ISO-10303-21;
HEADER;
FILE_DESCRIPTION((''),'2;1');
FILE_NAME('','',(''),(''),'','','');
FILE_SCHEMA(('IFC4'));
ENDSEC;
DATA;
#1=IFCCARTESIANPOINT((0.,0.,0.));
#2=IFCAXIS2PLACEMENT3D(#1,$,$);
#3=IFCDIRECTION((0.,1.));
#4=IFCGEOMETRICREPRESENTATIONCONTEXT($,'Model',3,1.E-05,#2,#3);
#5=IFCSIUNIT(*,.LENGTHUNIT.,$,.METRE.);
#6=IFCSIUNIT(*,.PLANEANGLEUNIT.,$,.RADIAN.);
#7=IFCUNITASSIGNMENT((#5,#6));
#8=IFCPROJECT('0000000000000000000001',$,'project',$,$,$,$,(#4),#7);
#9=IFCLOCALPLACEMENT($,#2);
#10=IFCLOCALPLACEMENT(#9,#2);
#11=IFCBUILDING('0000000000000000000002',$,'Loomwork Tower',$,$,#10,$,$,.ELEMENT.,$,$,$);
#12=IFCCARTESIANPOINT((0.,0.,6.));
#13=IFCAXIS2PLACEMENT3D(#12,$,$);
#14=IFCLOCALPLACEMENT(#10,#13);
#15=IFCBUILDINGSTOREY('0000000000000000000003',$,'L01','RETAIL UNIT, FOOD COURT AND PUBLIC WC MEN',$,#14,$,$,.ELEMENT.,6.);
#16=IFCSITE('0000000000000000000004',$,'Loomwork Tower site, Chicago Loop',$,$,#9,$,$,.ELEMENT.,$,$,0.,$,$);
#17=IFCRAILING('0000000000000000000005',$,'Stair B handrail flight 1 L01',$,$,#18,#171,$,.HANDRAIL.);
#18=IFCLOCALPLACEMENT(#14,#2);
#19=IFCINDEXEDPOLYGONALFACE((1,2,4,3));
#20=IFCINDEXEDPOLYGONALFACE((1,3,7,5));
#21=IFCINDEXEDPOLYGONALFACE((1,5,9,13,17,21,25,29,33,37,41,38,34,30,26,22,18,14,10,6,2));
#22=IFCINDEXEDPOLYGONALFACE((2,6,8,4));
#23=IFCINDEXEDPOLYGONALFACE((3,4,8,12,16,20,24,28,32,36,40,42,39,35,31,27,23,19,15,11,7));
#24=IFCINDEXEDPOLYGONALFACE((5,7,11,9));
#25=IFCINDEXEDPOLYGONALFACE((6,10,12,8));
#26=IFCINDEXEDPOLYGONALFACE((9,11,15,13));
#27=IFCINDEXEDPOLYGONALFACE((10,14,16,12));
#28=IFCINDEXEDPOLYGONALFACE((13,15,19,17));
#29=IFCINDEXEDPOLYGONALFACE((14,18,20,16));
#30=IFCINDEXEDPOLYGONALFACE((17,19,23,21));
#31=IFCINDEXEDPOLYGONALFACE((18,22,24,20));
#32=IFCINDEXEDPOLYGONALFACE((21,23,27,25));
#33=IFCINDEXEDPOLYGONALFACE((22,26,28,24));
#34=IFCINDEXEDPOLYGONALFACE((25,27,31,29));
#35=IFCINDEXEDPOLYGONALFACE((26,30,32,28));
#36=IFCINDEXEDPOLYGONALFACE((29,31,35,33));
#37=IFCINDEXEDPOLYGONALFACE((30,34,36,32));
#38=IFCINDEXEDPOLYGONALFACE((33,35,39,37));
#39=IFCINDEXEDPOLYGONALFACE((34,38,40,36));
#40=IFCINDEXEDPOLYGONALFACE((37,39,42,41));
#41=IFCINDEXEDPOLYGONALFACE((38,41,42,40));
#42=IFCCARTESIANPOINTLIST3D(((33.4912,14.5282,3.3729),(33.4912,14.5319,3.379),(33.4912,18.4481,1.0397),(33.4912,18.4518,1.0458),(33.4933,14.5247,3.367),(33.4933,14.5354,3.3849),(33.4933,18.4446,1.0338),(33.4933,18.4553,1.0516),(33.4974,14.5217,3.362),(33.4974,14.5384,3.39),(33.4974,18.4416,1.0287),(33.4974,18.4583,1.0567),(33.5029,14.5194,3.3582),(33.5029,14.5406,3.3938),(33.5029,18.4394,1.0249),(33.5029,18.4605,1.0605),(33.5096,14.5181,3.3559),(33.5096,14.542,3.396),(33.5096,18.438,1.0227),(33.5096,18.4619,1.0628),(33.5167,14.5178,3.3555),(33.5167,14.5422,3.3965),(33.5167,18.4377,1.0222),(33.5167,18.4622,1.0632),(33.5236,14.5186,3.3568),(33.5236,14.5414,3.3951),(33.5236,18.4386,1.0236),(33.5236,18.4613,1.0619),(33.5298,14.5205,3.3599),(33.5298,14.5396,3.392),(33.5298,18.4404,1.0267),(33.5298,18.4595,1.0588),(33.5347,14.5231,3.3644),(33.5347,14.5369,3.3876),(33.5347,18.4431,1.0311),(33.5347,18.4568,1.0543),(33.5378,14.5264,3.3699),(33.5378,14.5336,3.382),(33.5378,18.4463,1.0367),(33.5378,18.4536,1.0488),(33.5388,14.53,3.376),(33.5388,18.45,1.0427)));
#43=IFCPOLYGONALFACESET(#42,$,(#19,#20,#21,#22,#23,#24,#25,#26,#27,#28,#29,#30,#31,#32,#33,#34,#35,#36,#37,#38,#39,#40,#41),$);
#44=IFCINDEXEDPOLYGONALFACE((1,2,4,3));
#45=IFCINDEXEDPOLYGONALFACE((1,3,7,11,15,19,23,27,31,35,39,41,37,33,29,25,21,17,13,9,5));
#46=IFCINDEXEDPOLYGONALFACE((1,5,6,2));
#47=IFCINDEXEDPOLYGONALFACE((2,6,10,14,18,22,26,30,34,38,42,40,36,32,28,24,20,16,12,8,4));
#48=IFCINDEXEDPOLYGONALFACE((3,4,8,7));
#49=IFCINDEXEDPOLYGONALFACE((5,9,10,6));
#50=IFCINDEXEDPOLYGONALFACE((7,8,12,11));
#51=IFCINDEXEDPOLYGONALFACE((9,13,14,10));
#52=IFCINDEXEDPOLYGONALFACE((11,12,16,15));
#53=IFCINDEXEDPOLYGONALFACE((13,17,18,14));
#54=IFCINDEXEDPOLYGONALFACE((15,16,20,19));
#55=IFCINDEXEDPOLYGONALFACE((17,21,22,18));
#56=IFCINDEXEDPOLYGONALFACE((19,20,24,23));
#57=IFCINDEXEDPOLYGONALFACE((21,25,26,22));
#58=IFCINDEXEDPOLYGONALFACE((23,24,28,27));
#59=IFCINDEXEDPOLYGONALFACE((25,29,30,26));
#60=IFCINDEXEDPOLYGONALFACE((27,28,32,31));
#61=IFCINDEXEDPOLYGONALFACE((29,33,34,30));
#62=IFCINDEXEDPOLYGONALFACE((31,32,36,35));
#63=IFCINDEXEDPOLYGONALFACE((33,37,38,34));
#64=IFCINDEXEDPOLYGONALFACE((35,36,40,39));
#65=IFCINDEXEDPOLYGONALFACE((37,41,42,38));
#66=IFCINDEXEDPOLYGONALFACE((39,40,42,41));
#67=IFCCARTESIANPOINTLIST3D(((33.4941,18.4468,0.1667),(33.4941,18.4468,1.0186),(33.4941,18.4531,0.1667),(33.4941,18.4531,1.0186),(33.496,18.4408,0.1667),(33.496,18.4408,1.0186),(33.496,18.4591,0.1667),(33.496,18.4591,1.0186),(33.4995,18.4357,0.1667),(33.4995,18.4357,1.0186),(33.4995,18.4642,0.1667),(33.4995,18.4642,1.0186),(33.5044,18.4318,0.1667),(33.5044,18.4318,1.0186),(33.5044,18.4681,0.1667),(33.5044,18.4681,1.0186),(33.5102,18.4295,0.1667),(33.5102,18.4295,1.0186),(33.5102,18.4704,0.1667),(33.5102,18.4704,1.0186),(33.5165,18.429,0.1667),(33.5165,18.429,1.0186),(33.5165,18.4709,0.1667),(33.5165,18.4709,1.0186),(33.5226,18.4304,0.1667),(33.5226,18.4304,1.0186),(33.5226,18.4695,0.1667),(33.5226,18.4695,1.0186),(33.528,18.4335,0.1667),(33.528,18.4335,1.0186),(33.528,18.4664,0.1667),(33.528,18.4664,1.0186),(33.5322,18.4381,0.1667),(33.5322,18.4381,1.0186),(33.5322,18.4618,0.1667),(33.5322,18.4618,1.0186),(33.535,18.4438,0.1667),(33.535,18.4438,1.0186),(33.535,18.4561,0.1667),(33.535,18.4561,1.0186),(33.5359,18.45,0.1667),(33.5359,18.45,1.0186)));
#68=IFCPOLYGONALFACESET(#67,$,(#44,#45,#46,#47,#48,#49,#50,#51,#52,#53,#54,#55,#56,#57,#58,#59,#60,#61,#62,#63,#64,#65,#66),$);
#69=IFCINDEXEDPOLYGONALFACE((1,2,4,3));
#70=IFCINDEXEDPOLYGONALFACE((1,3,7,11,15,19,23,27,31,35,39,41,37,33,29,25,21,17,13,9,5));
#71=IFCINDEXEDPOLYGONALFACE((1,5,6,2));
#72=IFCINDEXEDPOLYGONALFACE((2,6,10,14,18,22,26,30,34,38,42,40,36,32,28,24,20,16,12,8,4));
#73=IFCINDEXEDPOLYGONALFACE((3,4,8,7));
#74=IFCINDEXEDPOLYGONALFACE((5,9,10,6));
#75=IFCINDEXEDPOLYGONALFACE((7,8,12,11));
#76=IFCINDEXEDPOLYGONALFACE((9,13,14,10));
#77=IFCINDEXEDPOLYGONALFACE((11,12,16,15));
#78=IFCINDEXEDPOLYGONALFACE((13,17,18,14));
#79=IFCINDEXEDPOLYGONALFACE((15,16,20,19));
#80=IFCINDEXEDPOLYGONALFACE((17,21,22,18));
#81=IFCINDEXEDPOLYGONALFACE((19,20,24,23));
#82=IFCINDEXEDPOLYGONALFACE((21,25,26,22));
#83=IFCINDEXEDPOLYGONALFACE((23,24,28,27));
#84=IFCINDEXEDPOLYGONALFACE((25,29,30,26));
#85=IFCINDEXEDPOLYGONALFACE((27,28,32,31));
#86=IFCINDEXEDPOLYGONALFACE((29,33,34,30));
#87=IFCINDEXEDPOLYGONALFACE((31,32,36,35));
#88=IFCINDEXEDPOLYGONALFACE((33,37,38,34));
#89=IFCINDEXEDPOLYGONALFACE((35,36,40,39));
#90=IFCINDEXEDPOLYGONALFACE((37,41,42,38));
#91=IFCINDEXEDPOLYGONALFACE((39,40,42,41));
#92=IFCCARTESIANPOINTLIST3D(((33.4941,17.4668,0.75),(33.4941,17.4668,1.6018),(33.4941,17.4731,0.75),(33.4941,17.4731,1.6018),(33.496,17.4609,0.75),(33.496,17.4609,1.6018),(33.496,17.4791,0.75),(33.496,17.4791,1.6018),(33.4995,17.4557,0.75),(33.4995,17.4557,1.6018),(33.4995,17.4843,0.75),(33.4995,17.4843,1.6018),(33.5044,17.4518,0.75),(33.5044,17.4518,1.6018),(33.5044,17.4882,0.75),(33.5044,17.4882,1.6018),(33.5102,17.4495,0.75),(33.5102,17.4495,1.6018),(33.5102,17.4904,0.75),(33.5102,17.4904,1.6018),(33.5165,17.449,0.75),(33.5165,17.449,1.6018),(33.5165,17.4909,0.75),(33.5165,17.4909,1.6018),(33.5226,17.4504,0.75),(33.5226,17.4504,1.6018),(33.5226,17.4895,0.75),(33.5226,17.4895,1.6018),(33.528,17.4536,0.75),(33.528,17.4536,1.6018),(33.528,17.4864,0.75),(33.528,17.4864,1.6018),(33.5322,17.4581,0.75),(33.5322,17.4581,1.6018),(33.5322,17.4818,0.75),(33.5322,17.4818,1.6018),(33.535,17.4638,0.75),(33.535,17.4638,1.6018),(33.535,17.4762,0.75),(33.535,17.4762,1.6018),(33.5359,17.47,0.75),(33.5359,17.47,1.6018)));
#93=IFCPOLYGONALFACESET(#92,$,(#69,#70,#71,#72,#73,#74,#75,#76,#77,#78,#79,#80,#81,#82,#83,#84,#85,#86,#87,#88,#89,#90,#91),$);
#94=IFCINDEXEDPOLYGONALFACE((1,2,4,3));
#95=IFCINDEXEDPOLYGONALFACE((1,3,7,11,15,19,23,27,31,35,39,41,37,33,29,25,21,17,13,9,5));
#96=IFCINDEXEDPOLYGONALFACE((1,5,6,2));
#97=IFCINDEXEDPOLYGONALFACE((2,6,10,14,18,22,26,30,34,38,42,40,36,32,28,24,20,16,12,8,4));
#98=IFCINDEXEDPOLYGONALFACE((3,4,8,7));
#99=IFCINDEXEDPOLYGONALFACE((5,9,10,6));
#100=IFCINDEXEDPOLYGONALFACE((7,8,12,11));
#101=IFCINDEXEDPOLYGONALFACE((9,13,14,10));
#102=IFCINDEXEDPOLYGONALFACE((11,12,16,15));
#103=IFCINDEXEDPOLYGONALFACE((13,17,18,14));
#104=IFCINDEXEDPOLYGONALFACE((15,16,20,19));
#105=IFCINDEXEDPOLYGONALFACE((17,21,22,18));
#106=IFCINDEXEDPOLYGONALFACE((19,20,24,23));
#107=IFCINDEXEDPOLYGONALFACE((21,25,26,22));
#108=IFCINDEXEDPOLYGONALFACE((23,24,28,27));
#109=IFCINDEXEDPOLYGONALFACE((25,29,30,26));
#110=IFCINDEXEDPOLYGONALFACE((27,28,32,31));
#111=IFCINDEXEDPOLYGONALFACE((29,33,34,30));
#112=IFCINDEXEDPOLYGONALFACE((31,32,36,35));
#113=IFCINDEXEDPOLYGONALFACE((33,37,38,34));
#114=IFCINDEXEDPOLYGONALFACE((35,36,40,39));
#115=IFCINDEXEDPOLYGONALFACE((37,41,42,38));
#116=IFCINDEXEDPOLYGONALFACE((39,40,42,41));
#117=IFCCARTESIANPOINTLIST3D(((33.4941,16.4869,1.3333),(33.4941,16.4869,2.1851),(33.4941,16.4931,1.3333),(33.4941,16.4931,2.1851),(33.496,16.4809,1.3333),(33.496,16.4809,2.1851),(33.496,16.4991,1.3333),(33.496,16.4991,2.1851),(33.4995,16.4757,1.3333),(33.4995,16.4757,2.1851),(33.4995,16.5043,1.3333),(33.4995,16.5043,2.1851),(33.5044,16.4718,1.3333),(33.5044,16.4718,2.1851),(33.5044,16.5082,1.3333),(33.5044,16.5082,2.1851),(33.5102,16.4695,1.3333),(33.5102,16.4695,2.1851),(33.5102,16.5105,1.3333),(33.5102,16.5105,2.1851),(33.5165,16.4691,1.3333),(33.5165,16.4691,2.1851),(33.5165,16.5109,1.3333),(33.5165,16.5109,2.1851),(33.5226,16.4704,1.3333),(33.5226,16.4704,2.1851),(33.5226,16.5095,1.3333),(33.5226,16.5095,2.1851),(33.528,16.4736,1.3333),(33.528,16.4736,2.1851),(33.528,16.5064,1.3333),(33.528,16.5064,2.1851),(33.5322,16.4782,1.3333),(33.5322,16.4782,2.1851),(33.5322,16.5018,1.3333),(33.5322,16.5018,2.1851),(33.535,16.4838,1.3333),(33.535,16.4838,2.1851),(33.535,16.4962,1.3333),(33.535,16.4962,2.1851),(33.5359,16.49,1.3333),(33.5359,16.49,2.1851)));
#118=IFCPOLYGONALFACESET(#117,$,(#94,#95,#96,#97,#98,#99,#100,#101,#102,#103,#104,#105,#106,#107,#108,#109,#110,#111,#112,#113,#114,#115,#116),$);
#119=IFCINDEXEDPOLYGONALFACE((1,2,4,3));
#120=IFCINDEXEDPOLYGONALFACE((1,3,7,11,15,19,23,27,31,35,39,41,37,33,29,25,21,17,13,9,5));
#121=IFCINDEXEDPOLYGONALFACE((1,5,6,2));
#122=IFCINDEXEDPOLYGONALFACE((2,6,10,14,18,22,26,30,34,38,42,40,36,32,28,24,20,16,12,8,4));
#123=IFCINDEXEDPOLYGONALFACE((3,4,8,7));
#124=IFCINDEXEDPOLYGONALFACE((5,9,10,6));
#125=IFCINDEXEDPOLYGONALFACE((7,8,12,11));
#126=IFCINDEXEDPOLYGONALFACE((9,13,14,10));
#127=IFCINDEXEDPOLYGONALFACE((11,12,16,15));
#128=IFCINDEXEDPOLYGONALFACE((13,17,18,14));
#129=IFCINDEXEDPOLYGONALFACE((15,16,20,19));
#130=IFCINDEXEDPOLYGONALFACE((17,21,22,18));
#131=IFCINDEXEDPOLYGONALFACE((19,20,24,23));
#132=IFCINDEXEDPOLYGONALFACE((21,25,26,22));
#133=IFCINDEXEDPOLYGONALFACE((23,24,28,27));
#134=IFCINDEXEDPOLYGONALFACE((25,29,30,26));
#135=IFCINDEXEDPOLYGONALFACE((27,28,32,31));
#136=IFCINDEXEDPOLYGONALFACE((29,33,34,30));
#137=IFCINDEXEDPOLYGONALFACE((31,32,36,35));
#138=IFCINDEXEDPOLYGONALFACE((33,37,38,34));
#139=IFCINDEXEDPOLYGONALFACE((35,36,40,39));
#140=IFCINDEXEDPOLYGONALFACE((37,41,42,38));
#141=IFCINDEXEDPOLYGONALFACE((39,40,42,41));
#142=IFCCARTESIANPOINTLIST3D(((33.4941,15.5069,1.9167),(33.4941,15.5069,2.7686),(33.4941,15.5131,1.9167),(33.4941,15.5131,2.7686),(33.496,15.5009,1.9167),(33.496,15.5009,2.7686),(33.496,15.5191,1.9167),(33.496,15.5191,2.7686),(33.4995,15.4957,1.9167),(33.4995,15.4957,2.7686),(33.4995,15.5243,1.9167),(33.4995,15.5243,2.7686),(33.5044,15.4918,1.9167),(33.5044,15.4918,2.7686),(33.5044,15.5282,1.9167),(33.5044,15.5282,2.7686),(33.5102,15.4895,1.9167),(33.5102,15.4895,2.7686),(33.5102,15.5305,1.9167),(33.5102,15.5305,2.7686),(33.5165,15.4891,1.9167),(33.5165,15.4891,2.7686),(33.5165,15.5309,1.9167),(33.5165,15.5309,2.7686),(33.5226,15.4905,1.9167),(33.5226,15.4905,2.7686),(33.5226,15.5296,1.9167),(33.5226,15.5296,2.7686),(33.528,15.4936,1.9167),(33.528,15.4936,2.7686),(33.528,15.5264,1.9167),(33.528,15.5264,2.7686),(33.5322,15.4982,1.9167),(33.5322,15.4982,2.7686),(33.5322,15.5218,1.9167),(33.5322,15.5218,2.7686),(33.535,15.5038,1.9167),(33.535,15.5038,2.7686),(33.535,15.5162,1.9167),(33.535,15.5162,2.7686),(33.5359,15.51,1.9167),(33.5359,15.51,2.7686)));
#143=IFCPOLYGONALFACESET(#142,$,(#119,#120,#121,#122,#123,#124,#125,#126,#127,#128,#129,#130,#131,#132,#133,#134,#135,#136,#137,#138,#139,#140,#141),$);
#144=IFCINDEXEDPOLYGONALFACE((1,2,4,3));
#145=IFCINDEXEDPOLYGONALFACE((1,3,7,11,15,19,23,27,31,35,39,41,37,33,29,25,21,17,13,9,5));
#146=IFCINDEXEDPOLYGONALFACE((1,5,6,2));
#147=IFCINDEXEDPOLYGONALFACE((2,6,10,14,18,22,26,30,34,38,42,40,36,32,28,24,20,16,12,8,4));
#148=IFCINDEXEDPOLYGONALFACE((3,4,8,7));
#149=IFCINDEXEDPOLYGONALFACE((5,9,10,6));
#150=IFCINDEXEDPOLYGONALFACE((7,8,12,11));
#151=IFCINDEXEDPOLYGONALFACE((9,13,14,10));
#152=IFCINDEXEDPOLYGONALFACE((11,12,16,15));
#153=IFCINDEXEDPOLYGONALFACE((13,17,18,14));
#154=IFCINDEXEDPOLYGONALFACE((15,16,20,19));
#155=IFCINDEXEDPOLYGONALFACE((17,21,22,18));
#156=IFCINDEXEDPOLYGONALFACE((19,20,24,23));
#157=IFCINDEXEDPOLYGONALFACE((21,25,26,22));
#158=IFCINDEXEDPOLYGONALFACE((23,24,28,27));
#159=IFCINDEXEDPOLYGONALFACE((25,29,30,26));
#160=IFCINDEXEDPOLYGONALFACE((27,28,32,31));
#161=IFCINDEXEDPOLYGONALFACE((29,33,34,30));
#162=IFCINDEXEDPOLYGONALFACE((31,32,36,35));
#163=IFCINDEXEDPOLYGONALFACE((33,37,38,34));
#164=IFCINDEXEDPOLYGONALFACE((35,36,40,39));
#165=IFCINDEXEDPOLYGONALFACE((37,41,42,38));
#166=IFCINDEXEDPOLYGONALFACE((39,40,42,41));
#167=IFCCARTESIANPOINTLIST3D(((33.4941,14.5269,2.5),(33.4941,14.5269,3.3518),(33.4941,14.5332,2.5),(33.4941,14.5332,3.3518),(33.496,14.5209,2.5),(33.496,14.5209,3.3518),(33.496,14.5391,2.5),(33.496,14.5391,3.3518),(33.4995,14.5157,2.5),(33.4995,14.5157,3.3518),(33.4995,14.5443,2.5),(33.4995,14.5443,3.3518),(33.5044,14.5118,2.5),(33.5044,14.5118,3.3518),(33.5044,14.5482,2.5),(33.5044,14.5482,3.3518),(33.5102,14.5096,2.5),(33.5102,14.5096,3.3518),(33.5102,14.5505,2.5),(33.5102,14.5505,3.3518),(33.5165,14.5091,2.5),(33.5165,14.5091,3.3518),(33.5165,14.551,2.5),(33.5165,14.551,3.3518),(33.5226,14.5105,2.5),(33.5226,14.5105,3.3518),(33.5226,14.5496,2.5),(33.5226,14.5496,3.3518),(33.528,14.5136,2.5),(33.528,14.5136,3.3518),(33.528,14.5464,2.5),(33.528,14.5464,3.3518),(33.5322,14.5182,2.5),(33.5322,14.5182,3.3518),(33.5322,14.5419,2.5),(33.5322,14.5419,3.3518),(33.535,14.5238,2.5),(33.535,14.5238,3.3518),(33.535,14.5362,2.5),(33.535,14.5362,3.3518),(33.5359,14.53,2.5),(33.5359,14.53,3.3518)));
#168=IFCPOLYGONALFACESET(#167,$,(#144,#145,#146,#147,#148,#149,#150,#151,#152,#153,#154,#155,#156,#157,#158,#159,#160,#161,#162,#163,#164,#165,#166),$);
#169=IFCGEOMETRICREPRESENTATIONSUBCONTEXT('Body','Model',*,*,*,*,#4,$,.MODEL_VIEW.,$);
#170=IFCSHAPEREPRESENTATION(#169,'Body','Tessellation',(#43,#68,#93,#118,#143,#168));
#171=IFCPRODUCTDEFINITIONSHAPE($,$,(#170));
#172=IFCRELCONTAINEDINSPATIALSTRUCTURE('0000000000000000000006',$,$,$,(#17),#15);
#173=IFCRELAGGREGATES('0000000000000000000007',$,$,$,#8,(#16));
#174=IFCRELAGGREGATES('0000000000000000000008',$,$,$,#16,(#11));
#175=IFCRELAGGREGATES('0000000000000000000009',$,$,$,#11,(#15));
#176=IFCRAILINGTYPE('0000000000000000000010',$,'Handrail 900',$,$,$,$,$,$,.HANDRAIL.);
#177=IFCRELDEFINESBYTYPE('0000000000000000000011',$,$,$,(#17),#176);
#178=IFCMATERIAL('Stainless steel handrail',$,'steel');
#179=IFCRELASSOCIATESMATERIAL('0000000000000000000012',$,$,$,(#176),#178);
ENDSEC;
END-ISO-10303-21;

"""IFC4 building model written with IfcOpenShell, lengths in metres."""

from ifc_helpers import new_model, si_unit, direction, frame, origin, origin_2d, place, context, subcontext, project, spatial, circle, extrude, material, type_object, element, save


model = new_model("IFC4")

# Units and contexts
model_context = context("Model", 3, precision=1e-05, world=origin(), true_north=direction((0.0, 1.0)))
body_context = subcontext(model_context, "Body", "Model", "MODEL_VIEW")
ifc_project = project(units=[si_unit("LENGTHUNIT", "METRE"), si_unit("PLANEANGLEUNIT", "RADIAN")], contexts=[model_context])

# Site, building, storey
site_placement = place(None, origin())
site = spatial("IfcSite", under=ifc_project, at=site_placement, Name="Loomwork Tower site, Chicago Loop", CompositionType="ELEMENT", RefElevation=0.0)
building_placement = place(site_placement, origin())
building = spatial("IfcBuilding", under=site, at=building_placement, Name="Loomwork Tower", CompositionType="ELEMENT")
storey_placement = place(building_placement, frame((0.0, 0.0, 6.0)))
storey = spatial("IfcBuildingStorey", under=building, at=storey_placement, Name="L01", Description="RETAIL UNIT, FOOD COURT AND PUBLIC WC MEN", CompositionType="ELEMENT", Elevation=6.0)

# Railing
ifc_material_1 = material(Name="Stainless steel handrail", Category="steel")
railing_type = type_object("IfcRailingType", Name="Handrail 900", PredefinedType="HANDRAIL", material=ifc_material_1)
railing_1_placement = place(storey_placement, frame((33.5149, 18.45, 0.1667)))
element("IfcRailing", 1, at=railing_1_placement, inside=storey, type_object=railing_type, Name="Stair B handrail flight 1 L01", PredefinedType="HANDRAIL", context=body_context, shape_type="SweptSolid", body=[
    extrude(circle(Radius=0.0239, at=origin_2d()), frame((0.0, 0.0, 0.876), z_axis=(0.0, -0.859296, 0.511478), x_axis=(1.0, 0.0, 0.0)), (0.0, 0.0, 1.0), 4.5618),
    extrude(circle(Radius=0.021, at=origin_2d()), origin(), (0.0, 0.0, 1.0), 0.8518),
    extrude(circle(Radius=0.021, at=origin_2d()), frame((0.0, -0.98, 0.5833)), (0.0, 0.0, 1.0), 0.8518),
    extrude(circle(Radius=0.021, at=origin_2d()), frame((0.0, -1.96, 1.1665)), (0.0, 0.0, 1.0), 0.8518),
    extrude(circle(Radius=0.021, at=origin_2d()), frame((0.0, -2.9399, 1.75)), (0.0, 0.0, 1.0), 0.8518),
    extrude(circle(Radius=0.021, at=origin_2d()), frame((0.0, -3.9199, 2.3333)), (0.0, 0.0, 1.0), 0.8518),
])

save(model, "model.ifc")
